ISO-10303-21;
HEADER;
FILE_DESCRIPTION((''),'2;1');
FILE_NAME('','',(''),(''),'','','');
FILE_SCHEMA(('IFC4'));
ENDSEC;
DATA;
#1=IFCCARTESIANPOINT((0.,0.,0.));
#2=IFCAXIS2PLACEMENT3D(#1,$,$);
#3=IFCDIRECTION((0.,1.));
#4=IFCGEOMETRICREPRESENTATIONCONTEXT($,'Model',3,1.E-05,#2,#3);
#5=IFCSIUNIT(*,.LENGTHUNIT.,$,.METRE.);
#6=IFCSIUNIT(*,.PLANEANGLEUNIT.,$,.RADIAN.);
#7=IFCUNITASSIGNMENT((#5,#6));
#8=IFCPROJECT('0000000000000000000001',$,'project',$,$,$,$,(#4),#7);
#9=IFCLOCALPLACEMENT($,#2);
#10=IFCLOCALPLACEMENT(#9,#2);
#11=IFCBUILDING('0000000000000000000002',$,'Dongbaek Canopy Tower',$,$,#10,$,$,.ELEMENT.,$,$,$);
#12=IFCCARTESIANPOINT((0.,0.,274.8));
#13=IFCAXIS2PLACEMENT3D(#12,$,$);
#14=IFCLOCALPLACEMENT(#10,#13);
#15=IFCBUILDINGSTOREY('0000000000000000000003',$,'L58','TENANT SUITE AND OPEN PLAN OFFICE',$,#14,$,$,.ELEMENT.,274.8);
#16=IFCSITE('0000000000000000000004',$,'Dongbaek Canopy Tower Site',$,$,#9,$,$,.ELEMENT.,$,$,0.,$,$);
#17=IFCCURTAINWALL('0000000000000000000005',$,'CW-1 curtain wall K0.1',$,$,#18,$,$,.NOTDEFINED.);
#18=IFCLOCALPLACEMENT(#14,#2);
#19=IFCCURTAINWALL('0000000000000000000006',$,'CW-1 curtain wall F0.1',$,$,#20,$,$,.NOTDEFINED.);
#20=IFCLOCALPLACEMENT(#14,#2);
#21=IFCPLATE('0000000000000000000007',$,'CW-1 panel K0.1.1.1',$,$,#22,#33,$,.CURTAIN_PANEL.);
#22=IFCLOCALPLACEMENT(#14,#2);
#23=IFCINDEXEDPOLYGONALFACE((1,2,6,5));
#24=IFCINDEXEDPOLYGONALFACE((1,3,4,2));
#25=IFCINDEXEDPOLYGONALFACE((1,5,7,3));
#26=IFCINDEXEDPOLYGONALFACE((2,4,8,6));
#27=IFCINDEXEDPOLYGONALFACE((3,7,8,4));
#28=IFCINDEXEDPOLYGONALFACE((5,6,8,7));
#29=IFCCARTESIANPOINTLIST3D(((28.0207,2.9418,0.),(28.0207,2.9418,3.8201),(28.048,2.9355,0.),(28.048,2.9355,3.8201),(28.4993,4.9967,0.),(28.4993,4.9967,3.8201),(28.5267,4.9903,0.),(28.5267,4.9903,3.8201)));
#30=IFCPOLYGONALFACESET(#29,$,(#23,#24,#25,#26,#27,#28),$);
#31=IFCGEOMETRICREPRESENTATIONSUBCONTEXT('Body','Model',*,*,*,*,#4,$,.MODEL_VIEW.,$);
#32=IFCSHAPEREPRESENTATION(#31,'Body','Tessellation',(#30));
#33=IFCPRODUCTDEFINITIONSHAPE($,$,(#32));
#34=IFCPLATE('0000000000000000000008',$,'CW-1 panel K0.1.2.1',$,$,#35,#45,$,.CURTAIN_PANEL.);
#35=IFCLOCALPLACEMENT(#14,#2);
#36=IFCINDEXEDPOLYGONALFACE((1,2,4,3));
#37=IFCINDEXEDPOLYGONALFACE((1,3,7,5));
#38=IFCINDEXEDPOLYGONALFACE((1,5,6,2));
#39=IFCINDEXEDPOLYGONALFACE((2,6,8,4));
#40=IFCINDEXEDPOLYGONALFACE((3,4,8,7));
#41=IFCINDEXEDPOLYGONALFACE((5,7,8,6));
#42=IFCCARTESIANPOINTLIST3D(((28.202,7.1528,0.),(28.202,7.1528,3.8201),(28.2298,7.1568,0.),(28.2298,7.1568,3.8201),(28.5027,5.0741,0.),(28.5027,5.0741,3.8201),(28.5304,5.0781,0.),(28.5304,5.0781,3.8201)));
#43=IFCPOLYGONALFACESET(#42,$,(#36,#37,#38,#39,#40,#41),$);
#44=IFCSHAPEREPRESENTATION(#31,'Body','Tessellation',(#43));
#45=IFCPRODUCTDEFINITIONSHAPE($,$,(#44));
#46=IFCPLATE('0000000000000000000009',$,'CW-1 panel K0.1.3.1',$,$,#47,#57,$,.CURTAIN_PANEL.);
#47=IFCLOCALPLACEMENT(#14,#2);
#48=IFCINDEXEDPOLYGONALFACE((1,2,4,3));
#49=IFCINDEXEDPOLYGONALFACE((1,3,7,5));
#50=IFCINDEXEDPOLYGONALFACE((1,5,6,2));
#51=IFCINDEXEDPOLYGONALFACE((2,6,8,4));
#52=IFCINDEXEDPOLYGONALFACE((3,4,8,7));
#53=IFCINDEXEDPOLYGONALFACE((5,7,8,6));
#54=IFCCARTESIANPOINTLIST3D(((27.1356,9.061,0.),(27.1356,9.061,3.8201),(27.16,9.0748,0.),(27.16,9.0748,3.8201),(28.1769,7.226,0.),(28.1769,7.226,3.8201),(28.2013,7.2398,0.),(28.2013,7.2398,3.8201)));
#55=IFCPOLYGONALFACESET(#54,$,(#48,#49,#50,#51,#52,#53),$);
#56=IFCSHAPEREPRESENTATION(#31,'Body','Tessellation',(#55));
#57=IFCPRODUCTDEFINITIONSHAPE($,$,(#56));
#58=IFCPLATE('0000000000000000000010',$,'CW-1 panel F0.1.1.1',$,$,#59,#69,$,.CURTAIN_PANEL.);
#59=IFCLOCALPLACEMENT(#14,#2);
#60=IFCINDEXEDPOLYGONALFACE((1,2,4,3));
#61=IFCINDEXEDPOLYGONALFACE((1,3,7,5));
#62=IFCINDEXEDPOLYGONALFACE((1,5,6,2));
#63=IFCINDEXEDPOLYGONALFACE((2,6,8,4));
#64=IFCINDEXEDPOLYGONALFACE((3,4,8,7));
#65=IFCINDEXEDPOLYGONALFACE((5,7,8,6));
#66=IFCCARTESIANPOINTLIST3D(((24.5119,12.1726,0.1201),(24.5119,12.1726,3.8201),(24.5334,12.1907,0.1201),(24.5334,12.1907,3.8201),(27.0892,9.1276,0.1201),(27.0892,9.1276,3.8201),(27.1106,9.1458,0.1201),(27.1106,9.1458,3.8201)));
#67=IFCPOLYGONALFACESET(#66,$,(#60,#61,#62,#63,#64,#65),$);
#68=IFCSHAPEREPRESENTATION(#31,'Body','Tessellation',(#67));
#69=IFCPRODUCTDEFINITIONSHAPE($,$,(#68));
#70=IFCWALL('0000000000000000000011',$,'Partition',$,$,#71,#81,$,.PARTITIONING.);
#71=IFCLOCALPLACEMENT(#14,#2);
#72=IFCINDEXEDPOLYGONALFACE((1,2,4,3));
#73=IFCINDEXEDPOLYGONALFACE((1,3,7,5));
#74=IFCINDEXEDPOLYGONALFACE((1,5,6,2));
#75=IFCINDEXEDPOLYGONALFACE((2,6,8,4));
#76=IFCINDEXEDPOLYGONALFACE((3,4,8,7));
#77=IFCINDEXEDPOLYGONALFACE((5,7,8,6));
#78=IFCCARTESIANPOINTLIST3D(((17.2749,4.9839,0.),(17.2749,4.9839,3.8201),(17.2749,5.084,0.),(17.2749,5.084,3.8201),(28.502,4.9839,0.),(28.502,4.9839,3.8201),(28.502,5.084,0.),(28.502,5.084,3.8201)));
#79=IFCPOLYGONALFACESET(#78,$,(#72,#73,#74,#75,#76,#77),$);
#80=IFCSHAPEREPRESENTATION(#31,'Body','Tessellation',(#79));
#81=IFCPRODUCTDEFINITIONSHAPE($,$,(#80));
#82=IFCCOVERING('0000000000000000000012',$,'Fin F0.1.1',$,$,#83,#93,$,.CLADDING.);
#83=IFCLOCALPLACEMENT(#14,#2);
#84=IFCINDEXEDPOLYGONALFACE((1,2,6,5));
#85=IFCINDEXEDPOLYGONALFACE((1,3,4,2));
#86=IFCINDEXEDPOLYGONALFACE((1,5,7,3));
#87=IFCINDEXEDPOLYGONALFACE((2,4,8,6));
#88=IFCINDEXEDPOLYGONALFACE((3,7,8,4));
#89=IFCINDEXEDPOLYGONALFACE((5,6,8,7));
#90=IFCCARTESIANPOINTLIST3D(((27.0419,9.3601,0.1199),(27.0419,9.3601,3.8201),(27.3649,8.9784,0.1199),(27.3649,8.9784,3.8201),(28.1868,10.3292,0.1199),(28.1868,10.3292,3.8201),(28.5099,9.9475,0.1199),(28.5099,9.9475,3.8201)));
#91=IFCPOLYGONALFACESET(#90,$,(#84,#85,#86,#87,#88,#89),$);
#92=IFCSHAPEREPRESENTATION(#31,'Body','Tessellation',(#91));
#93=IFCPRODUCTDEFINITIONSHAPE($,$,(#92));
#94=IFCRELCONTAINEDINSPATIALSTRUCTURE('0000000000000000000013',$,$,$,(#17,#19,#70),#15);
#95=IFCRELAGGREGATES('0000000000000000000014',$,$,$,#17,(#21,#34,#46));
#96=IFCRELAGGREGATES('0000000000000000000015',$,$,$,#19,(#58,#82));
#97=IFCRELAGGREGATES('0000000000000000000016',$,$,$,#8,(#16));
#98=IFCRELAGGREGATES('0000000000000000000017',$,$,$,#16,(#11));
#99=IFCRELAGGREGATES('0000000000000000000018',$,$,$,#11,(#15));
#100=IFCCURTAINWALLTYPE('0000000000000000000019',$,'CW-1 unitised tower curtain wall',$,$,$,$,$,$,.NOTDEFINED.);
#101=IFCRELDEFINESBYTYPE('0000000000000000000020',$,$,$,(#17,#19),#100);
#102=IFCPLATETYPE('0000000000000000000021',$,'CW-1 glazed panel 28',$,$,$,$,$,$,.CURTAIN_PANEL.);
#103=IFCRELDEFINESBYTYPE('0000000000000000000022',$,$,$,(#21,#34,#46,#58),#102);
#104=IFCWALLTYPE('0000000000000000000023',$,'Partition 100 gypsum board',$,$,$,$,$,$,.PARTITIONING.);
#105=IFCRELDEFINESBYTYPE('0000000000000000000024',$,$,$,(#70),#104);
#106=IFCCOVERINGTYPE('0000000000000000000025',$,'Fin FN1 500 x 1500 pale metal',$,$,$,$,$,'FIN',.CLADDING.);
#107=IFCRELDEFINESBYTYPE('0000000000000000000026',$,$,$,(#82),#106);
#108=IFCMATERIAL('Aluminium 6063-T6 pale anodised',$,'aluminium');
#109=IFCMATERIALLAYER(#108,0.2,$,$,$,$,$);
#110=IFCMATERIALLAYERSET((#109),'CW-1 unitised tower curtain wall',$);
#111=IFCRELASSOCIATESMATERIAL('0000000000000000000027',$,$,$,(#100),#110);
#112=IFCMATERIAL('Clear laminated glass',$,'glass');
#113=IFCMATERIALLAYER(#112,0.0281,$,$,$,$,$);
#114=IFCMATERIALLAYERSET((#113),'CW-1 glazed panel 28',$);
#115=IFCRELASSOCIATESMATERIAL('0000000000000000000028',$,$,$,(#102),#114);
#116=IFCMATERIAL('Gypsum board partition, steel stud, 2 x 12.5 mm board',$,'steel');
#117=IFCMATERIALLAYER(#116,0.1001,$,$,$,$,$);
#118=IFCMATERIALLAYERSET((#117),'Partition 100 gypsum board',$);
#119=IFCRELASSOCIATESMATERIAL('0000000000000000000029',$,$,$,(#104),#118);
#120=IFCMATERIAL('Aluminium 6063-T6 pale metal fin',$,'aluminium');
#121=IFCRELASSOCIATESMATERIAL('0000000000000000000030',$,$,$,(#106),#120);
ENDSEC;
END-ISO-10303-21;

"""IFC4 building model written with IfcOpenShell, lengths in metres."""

from ifc_helpers import new_model, si_unit, direction, frame, frame_2d, origin, origin_2d, place, context, subcontext, project, spatial, rectangle, extrude, material, layer, layer_set, material_profile, profile_set, type_object, element, aggregate, save


model = new_model("IFC4")

# Units and contexts
model_context = context("Model", 3, precision=1e-05, world=origin(), true_north=direction((0.0, 1.0)))
body_context = subcontext(model_context, "Body", "Model", "MODEL_VIEW")
ifc_project = project(units=[si_unit("LENGTHUNIT", "METRE"), si_unit("PLANEANGLEUNIT", "RADIAN")], contexts=[model_context])

# Site, building, storey
site_placement = place(None, origin())
site = spatial("IfcSite", under=ifc_project, at=site_placement, Name="Dongbaek Canopy Tower Site", CompositionType="ELEMENT", RefElevation=0.0)
building_placement = place(site_placement, origin())
building = spatial("IfcBuilding", under=site, at=building_placement, Name="Dongbaek Canopy Tower", CompositionType="ELEMENT")
storey_placement = place(building_placement, frame((0.0, 0.0, 274.8)))
storey = spatial("IfcBuildingStorey", under=building, at=storey_placement, Name="L58", Description="TENANT SUITE AND OPEN PLAN OFFICE", CompositionType="ELEMENT", Elevation=274.8)

# Curtain walls
ifc_material_1 = material(Name="Aluminium 6063-T6 pale anodised", Category="aluminium")
ifc_layer_1 = layer(ifc_material_1, 0.2)
ifc_layer_set_1 = layer_set([ifc_layer_1], Name="CW-1 unitised tower curtain wall")
curtain_wall_type = type_object("IfcCurtainWallType", Name="CW-1 unitised tower curtain wall", PredefinedType="NOTDEFINED", material=ifc_layer_set_1)
curtain_wall_1_placement = place(storey_placement, origin())
curtain_wall_1 = element("IfcCurtainWall", 1, at=curtain_wall_1_placement, inside=storey, type_object=curtain_wall_type, Name="CW-1 curtain wall K0.1", PredefinedType="NOTDEFINED")
curtain_wall_2_placement = place(storey_placement, origin())
curtain_wall_2 = element("IfcCurtainWall", 2, at=curtain_wall_2_placement, inside=storey, type_object=curtain_wall_type, Name="CW-1 curtain wall F0.1", PredefinedType="NOTDEFINED")

# Plates
ifc_material_2 = material(Name="Clear laminated glass", Category="glass")
ifc_layer_2 = layer(ifc_material_2, 0.0281)
ifc_layer_set_2 = layer_set([ifc_layer_2], Name="CW-1 glazed panel 28")
plate_type = type_object("IfcPlateType", Name="CW-1 glazed panel 28", PredefinedType="CURTAIN_PANEL", material=ifc_layer_set_2)
plate_1_placement = place(storey_placement, frame((28.2737, 3.9661, 0.0), z_axis=(0.0, 0.0, 1.0), x_axis=(0.226863, 0.973927, 0.0)))
plate_1 = element("IfcPlate", 3, at=plate_1_placement, type_object=plate_type, Name="CW-1 panel K0.1.1.1", PredefinedType="CURTAIN_PANEL", context=body_context, shape_type="SweptSolid", body=[
    extrude(rectangle(XDim=2.1099, YDim=0.0281, at=origin_2d()), origin(), (0.0, 0.0, 1.0), 3.8201),
])
plate_2_placement = place(storey_placement, frame((28.3662, 6.1155, 0.0), z_axis=(0.0, 0.0, 1.0), x_axis=(-0.143155, 0.9897, 0.0)))
plate_2 = element("IfcPlate", 4, at=plate_2_placement, type_object=plate_type, Name="CW-1 panel K0.1.2.1", PredefinedType="CURTAIN_PANEL", context=body_context, shape_type="SweptSolid", body=[
    extrude(rectangle(XDim=2.1003, YDim=0.0281, at=origin_2d()), origin(), (0.0, 0.0, 1.0), 3.8201),
])
plate_3_placement = place(storey_placement, frame((27.6685, 8.1504, 0.0), z_axis=(0.0, 0.0, 1.0), x_axis=(-0.493538, 0.869724, 0.0)))
plate_3 = element("IfcPlate", 5, at=plate_3_placement, type_object=plate_type, Name="CW-1 panel K0.1.3.1", PredefinedType="CURTAIN_PANEL", context=body_context, shape_type="SweptSolid", body=[
    extrude(rectangle(XDim=2.1099, YDim=0.0281, at=origin_2d()), origin(), (0.0, 0.0, 1.0), 3.8201),
])
aggregate(curtain_wall_1, [plate_1, plate_2, plate_3])
plate_4_placement = place(storey_placement, frame((25.8113, 10.6592, 0.1201), z_axis=(0.0, 0.0, 1.0), x_axis=(-0.646055, 0.763291, 0.0)))
plate_4 = element("IfcPlate", 6, at=plate_4_placement, type_object=plate_type, Name="CW-1 panel F0.1.1.1", PredefinedType="CURTAIN_PANEL", context=body_context, shape_type="SweptSolid", body=[
    extrude(rectangle(XDim=3.9893, YDim=0.0281, at=origin_2d()), origin(), (0.0, 0.0, 1.0), 3.7),
])

# Wall
ifc_material_3 = material(Name="Gypsum board partition, steel stud, 2 x 12.5 mm board", Category="steel")
ifc_layer_3 = layer(ifc_material_3, 0.1001)
ifc_layer_set_3 = layer_set([ifc_layer_3], Name="Partition 100 gypsum board")
wall_type = type_object("IfcWallType", Name="Partition 100 gypsum board", PredefinedType="PARTITIONING", material=ifc_layer_set_3)
wall_placement = place(storey_placement, frame((17.2749, 5.0339, 0.0), z_axis=(0.0, 0.0, 1.0), x_axis=(1.0, 0.0, 0.0)))
element("IfcWall", 7, at=wall_placement, inside=storey, type_object=wall_type, Name="Partition", PredefinedType="PARTITIONING", context=body_context, shape_type="SweptSolid", body=[
    extrude(rectangle(XDim=11.2271, YDim=0.1001, at=frame_2d((5.6135, 0.0))), origin(), (0.0, 0.0, 1.0), 3.8201),
])

# Covering
ifc_material_4 = material(Name="Aluminium 6063-T6 pale metal fin", Category="aluminium")
ifc_material_profile_1 = material_profile(ifc_material_4, rectangle(XDim=1.5, YDim=0.5, at=origin_2d()), Name="Fin FN1 500 x 1500 pale metal")
ifc_profile_set_1 = profile_set([ifc_material_profile_1], Name="Aluminium 6063-T6 pale metal fin")
covering_type = type_object("IfcCoveringType", Name="Fin FN1 500 x 1500 pale metal", ElementType="FIN", PredefinedType="CLADDING", material=ifc_profile_set_1)
covering_placement = place(storey_placement, frame((27.7759, 9.6538, 0.1199), z_axis=(0.0, 0.0, 1.0), x_axis=(0.763291, 0.646055, 0.0)))
covering = element("IfcCovering", 8, at=covering_placement, type_object=covering_type, Name="Fin F0.1.1", PredefinedType="CLADDING", context=body_context, shape_type="SweptSolid", body=[
    extrude(rectangle(XDim=1.5, YDim=0.5, at=origin_2d()), origin(), (0.0, 0.0, 1.0), 3.7002),
])
aggregate(curtain_wall_2, [plate_4, covering])

save(model, "model.ifc")
